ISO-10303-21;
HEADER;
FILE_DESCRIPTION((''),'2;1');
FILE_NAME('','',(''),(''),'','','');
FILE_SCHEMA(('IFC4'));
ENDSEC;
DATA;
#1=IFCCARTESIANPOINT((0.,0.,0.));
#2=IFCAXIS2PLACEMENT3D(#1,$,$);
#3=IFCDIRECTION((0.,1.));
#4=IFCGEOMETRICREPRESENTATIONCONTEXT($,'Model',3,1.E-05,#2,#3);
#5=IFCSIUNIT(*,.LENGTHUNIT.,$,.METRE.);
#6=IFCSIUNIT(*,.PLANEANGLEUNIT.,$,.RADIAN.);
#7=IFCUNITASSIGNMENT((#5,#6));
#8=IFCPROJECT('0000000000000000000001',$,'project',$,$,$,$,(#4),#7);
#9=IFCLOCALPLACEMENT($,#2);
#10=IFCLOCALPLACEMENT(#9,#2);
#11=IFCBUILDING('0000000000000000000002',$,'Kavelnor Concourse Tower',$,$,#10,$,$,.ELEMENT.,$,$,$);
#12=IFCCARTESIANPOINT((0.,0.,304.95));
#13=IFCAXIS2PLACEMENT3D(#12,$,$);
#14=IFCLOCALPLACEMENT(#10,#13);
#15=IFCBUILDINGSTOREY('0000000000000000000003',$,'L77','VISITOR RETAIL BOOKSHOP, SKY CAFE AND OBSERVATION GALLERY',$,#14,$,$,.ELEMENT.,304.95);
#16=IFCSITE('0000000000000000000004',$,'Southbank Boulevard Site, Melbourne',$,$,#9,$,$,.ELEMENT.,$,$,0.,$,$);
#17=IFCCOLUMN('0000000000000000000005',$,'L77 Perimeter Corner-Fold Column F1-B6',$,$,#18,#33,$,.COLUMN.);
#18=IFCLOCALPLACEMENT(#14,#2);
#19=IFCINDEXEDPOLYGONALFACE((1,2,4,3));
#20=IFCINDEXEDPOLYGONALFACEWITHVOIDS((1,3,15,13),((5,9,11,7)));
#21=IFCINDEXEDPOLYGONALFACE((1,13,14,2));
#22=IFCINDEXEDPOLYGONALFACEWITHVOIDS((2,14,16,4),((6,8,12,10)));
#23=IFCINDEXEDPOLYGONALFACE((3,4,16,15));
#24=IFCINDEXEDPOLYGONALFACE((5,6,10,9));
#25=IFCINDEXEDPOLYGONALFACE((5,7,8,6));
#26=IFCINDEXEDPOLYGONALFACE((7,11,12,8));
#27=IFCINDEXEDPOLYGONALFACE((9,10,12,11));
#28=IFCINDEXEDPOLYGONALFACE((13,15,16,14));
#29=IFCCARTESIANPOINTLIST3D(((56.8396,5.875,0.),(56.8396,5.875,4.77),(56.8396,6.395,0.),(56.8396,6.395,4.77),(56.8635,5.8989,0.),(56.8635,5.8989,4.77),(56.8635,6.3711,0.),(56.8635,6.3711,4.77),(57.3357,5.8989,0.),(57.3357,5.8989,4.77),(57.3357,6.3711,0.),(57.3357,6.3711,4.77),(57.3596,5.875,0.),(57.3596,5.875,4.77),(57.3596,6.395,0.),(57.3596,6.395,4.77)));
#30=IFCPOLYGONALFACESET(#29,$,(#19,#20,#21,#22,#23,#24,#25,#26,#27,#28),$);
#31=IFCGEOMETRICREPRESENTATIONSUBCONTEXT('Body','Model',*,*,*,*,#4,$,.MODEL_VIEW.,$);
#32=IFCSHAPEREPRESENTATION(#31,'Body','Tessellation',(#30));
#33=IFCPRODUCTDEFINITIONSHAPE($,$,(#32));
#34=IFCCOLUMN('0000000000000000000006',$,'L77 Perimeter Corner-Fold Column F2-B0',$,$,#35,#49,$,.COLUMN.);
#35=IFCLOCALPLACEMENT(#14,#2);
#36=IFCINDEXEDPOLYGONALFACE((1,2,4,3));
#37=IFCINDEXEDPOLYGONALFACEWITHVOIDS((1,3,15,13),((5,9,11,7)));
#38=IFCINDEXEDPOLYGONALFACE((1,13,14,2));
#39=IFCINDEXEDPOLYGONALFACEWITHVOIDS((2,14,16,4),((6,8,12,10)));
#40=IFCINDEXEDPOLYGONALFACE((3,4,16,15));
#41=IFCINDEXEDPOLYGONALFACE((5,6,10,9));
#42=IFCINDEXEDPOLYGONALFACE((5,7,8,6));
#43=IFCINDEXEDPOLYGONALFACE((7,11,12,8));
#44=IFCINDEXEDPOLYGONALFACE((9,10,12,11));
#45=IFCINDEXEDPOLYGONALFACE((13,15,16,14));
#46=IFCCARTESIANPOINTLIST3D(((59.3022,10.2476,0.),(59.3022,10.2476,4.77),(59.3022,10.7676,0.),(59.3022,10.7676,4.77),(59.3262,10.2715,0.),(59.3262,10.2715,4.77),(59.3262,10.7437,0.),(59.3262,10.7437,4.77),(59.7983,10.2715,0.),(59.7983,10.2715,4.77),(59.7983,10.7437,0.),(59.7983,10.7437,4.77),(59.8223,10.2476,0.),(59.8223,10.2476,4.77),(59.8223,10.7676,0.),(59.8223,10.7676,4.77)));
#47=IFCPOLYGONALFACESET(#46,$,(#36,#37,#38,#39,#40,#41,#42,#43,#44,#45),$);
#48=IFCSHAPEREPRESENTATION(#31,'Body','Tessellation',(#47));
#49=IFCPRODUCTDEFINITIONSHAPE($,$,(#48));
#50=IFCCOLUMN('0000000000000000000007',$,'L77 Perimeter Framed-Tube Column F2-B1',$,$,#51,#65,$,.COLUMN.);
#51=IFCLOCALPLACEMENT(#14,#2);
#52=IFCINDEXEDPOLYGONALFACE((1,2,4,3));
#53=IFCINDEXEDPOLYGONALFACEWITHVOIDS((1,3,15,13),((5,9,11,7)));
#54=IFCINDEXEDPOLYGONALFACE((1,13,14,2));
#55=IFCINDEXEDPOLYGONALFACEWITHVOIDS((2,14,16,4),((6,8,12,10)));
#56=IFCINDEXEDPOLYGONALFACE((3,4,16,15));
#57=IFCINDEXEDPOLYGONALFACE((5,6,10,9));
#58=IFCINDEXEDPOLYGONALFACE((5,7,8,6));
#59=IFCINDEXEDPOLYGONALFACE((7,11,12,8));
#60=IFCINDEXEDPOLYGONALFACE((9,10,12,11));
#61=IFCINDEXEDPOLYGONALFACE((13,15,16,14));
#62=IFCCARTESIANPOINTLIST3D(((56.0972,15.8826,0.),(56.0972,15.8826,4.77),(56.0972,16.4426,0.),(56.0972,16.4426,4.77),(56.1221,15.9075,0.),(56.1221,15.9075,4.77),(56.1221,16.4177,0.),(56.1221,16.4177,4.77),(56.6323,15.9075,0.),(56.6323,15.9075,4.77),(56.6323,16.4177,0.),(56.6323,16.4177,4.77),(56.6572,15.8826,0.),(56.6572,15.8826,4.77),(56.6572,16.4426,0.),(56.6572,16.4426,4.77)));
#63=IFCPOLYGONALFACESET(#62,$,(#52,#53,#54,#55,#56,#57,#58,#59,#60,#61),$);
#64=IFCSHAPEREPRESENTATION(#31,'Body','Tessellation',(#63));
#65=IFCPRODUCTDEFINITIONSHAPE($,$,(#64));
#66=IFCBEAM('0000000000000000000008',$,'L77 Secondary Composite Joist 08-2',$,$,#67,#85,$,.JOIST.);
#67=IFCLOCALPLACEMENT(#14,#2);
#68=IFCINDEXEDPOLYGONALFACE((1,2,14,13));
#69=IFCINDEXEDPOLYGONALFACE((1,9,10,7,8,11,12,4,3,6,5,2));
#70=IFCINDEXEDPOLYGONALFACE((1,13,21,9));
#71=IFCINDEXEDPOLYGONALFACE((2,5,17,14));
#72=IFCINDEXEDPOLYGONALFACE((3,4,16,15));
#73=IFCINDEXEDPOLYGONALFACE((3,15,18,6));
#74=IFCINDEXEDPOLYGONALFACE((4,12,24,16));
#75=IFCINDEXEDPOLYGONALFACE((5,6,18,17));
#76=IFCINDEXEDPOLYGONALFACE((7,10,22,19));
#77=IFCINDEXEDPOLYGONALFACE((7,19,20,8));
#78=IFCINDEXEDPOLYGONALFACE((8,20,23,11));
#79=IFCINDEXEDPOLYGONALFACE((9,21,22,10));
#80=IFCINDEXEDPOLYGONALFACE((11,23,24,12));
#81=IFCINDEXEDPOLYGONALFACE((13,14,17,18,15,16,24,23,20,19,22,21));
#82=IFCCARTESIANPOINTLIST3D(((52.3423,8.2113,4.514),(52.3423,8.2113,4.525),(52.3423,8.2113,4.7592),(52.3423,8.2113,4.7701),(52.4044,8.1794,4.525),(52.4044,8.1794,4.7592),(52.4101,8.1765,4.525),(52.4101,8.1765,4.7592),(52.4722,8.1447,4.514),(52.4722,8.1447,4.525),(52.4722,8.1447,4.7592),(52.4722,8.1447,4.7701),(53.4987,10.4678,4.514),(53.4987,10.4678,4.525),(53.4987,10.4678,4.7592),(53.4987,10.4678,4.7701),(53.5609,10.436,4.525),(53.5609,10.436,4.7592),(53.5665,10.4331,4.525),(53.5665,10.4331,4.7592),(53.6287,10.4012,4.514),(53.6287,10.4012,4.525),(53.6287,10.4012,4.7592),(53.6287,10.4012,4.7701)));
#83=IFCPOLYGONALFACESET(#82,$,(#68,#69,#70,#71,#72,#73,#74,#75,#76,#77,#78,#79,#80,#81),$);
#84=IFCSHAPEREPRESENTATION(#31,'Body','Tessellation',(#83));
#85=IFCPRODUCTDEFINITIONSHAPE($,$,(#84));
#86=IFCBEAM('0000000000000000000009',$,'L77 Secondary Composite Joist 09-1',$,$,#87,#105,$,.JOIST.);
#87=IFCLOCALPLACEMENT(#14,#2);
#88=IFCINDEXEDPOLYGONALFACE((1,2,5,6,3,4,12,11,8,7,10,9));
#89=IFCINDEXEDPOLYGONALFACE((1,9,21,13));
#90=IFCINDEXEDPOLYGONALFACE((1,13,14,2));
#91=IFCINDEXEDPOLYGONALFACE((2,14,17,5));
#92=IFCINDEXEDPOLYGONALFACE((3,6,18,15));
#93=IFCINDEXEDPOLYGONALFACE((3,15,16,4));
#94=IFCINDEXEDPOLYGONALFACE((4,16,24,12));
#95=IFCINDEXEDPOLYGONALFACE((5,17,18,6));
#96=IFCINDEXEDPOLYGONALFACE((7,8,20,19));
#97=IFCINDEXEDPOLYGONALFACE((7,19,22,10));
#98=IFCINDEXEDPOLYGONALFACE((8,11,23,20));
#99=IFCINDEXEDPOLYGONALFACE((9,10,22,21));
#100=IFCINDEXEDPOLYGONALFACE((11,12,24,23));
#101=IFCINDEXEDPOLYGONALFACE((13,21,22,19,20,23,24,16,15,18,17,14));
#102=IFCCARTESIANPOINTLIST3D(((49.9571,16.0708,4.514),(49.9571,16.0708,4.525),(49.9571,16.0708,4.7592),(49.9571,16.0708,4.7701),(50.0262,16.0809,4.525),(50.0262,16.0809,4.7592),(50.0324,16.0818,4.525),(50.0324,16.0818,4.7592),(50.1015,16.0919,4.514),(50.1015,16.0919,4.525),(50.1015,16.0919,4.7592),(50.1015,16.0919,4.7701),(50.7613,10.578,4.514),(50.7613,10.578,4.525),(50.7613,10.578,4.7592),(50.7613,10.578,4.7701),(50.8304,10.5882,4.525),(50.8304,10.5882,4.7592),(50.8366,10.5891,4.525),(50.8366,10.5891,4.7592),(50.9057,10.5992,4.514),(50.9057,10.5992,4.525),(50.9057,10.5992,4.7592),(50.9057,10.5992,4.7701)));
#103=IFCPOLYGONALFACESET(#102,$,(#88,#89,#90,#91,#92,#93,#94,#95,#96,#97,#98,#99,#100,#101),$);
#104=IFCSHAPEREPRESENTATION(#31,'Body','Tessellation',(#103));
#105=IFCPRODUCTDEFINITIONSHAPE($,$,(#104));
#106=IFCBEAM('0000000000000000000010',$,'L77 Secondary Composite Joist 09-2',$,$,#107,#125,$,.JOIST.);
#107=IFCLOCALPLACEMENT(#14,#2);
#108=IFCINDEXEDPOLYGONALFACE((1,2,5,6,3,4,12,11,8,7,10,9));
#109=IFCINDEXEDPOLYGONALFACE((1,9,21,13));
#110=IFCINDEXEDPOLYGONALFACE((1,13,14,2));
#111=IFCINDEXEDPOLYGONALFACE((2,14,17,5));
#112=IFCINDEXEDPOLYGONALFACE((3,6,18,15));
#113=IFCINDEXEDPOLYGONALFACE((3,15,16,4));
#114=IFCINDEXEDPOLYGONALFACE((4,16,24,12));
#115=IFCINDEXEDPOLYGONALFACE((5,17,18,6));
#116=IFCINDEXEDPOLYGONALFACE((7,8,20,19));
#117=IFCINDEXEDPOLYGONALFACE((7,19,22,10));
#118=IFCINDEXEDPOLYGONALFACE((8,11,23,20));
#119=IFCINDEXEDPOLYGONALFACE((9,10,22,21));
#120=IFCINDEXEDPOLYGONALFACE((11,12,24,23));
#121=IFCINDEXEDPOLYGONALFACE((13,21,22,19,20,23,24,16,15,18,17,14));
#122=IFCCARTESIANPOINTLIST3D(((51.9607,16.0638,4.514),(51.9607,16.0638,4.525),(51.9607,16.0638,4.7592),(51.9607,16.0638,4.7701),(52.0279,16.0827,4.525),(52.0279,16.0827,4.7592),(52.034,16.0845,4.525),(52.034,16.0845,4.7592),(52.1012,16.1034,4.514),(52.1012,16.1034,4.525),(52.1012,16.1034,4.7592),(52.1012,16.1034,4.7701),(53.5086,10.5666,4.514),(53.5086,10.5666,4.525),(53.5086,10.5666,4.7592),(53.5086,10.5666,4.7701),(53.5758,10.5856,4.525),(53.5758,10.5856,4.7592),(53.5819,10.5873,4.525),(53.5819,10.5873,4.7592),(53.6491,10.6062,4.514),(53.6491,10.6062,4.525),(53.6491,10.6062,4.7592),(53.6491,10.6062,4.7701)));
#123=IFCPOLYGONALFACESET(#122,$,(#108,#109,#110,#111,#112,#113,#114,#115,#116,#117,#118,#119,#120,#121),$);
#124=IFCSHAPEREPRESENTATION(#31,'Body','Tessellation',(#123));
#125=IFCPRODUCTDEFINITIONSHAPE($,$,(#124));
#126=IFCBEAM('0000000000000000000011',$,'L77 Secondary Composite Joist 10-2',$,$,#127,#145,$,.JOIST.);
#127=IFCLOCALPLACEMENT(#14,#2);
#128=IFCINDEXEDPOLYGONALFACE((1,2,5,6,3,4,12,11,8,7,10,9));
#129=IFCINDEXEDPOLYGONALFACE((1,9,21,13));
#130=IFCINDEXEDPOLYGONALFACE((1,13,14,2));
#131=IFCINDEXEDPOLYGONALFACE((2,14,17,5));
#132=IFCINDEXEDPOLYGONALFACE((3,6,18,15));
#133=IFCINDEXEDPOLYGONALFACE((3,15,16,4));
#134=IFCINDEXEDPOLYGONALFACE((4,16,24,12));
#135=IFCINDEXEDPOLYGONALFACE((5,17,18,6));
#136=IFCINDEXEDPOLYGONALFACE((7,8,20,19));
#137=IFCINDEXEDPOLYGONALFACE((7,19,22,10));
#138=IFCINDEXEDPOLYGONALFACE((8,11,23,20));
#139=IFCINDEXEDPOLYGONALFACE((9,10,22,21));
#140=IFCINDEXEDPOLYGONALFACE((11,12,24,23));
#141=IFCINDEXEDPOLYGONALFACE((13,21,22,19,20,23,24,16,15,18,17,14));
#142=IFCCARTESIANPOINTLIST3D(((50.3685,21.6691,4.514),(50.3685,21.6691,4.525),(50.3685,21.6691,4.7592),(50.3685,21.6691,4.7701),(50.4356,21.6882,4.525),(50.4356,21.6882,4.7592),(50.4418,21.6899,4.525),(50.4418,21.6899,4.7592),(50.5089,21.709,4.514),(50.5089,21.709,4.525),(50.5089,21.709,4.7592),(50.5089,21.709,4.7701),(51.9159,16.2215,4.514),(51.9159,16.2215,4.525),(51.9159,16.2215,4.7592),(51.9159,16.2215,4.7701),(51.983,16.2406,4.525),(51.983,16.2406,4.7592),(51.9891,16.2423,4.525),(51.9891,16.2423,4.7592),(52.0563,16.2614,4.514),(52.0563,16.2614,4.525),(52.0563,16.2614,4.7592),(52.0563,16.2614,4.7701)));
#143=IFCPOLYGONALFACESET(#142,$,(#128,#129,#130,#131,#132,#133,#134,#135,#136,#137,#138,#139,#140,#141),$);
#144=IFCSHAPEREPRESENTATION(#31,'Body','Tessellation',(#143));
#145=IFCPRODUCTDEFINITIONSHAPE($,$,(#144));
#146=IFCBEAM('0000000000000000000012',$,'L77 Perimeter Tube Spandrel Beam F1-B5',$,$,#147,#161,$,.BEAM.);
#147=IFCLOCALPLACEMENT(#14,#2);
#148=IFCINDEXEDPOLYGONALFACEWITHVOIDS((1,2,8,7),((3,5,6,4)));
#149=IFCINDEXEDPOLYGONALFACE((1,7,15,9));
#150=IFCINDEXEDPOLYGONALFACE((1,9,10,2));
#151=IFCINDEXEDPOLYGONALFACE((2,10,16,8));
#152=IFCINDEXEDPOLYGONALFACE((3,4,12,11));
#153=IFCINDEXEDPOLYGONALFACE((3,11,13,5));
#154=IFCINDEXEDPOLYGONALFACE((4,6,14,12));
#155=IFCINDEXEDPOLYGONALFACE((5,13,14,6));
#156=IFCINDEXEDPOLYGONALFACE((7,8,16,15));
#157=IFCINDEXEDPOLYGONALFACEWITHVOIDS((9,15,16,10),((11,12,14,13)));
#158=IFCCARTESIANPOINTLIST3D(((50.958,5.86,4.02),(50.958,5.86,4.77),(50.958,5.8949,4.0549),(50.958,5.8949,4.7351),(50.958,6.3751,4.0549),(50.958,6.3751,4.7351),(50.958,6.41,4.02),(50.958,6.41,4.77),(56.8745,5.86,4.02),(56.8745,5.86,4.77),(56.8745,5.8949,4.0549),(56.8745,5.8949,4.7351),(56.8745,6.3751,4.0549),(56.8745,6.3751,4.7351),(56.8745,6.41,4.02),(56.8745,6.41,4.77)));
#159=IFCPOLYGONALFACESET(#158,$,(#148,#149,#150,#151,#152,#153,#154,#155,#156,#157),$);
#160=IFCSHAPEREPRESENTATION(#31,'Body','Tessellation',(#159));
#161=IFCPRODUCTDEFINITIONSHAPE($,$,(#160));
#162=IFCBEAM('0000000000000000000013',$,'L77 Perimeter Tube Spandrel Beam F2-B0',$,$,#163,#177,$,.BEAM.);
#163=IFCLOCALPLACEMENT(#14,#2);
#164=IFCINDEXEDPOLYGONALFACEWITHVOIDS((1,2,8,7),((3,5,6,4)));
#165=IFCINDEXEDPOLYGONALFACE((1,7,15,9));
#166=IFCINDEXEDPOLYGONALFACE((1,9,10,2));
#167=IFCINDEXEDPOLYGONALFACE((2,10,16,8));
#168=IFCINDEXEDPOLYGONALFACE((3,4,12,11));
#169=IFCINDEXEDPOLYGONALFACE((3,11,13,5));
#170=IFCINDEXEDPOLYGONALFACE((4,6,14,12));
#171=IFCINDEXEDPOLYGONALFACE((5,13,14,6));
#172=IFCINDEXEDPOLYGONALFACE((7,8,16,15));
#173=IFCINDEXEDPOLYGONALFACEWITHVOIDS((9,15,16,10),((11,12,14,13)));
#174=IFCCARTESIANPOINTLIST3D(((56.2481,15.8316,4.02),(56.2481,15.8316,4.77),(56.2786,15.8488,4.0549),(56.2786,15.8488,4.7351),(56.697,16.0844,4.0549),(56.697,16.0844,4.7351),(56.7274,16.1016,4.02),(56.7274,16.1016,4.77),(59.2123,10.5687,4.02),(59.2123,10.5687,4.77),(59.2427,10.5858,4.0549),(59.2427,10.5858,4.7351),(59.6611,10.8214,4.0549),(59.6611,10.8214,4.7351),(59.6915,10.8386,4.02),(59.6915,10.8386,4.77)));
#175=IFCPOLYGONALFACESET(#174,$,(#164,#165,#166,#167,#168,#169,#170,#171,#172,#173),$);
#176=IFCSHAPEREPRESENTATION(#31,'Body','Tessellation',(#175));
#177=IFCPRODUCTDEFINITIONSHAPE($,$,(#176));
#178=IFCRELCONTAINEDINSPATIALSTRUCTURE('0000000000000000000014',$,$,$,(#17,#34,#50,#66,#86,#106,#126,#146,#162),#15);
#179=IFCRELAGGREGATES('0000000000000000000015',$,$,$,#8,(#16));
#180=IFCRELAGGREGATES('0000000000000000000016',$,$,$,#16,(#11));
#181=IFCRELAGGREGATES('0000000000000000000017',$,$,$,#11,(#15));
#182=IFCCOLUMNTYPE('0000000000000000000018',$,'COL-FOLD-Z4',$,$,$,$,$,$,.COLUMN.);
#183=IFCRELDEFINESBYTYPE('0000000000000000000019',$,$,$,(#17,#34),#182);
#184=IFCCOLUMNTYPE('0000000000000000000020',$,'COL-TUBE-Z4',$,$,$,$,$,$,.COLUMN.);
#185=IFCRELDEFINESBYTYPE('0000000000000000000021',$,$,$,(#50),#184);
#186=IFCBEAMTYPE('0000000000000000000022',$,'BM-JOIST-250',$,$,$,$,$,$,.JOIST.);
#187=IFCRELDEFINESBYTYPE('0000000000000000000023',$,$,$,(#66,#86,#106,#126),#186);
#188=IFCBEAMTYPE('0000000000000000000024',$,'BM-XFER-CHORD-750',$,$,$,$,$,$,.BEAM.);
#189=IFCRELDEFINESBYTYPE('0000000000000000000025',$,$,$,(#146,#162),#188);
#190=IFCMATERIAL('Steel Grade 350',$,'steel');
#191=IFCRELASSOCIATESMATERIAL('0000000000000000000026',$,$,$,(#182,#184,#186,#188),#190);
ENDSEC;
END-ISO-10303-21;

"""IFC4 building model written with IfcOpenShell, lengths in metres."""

from ifc_helpers import new_model, si_unit, direction, frame, origin, origin_2d, place, context, subcontext, project, spatial, hollow_rectangle, i_section, extrude, material, material_profile, profile_set, type_object, element, save


model = new_model("IFC4")

# Units and contexts
model_context = context("Model", 3, precision=1e-05, world=origin(), true_north=direction((0.0, 1.0)))
body_context = subcontext(model_context, "Body", "Model", "MODEL_VIEW")
ifc_project = project(units=[si_unit("LENGTHUNIT", "METRE"), si_unit("PLANEANGLEUNIT", "RADIAN")], contexts=[model_context])

# Site, building, storey
site_placement = place(None, origin())
site = spatial("IfcSite", under=ifc_project, at=site_placement, Name="Southbank Boulevard Site, Melbourne", CompositionType="ELEMENT", RefElevation=0.0)
building_placement = place(site_placement, origin())
building = spatial("IfcBuilding", under=site, at=building_placement, Name="Kavelnor Concourse Tower", CompositionType="ELEMENT")
storey_placement = place(building_placement, frame((0.0, 0.0, 304.95)))
storey = spatial("IfcBuildingStorey", under=building, at=storey_placement, Name="L77", Description="VISITOR RETAIL BOOKSHOP, SKY CAFE AND OBSERVATION GALLERY", CompositionType="ELEMENT", Elevation=304.95)

# Columns
ifc_material_1 = material(Name="Steel Grade 350", Category="steel")
ifc_material_profile_1 = material_profile(ifc_material_1, hollow_rectangle(XDim=0.52, YDim=0.52, WallThickness=0.0239, at=origin_2d()), Name="SHS 520x520x24")
ifc_profile_set_1 = profile_set([ifc_material_profile_1], Name="Steel Grade 350")
column_type_1 = type_object("IfcColumnType", Name="COL-FOLD-Z4", PredefinedType="COLUMN", material=ifc_profile_set_1)
for number, where, z_axis, x_axis, name in (
    (1, (57.0996, 6.135, 0.0), (0.0, 0.0, 1.0), (1.0, 0.0, 0.0), "L77 Perimeter Corner-Fold Column F1-B6"),
    (2, (59.5623, 10.5076, 0.0), (0.0, 0.0, 1.0), (1.0, 0.0, 0.0), "L77 Perimeter Corner-Fold Column F2-B0"),
):
    element("IfcColumn", number, at=place(storey_placement, frame(where, z_axis=z_axis, x_axis=x_axis)), inside=storey, type_object=column_type_1, Name=name, PredefinedType="COLUMN", context=body_context, shape_type="SweptSolid", body=[
        extrude(hollow_rectangle(XDim=0.52, YDim=0.52, WallThickness=0.0239, at=origin_2d()), origin(), (0.0, 0.0, 1.0), 4.77),
    ])
ifc_material_profile_2 = material_profile(ifc_material_1, hollow_rectangle(XDim=0.5601, YDim=0.5601, WallThickness=0.0249, at=origin_2d()), Name="SHS 560x560x25")
ifc_profile_set_2 = profile_set([ifc_material_profile_2], Name="Steel Grade 350")
column_type_2 = type_object("IfcColumnType", Name="COL-TUBE-Z4", PredefinedType="COLUMN", material=ifc_profile_set_2)
column_placement = place(storey_placement, frame((56.3772, 16.1626, 0.0), z_axis=(0.0, 0.0, 1.0), x_axis=(1.0, 0.0, 0.0)))
element("IfcColumn", 3, at=column_placement, inside=storey, type_object=column_type_2, Name="L77 Perimeter Framed-Tube Column F2-B1", PredefinedType="COLUMN", context=body_context, shape_type="SweptSolid", body=[
    extrude(hollow_rectangle(XDim=0.5601, YDim=0.5601, WallThickness=0.0249, at=origin_2d()), origin(), (0.0, 0.0, 1.0), 4.77),
])

# Beams
ifc_material_profile_3 = material_profile(ifc_material_1, i_section(OverallWidth=0.146, OverallDepth=0.2561, WebThickness=0.0063, FlangeThickness=0.011, at=origin_2d()), Name="250UB37")
ifc_profile_set_3 = profile_set([ifc_material_profile_3], Name="Steel Grade 350")
beam_type_1 = type_object("IfcBeamType", Name="BM-JOIST-250", PredefinedType="JOIST", material=ifc_profile_set_3)
beam_1_placement = place(storey_placement, frame((52.4072, 8.178, 4.6421), z_axis=(0.456088, 0.889935, 0.0), x_axis=(-0.889935, 0.456088, 0.0)))
element("IfcBeam", 4, at=beam_1_placement, inside=storey, type_object=beam_type_1, Name="L77 Secondary Composite Joist 08-2", PredefinedType="JOIST", context=body_context, shape_type="SweptSolid", body=[
    extrude(i_section(OverallWidth=0.146, OverallDepth=0.2561, WebThickness=0.0063, FlangeThickness=0.011, at=origin_2d()), origin(), (0.0, 0.0, 1.0), 2.5356),
])
beam_2_placement = place(storey_placement, frame((50.8335, 10.5886, 4.6421), z_axis=(-0.144868, 0.989451, 0.0), x_axis=(-0.989451, -0.144868, 0.0)))
element("IfcBeam", 5, at=beam_2_placement, inside=storey, type_object=beam_type_1, Name="L77 Secondary Composite Joist 09-1", PredefinedType="JOIST", context=body_context, shape_type="SweptSolid", body=[
    extrude(i_section(OverallWidth=0.146, OverallDepth=0.2561, WebThickness=0.0063, FlangeThickness=0.011, at=origin_2d()), origin(), (0.0, 0.0, 1.0), 5.5513),
])
beam_3_placement = place(storey_placement, frame((53.5789, 10.5864, 4.6421), z_axis=(-0.271038, 0.962569, 0.0), x_axis=(-0.962569, -0.271038, 0.0)))
element("IfcBeam", 6, at=beam_3_placement, inside=storey, type_object=beam_type_1, Name="L77 Secondary Composite Joist 09-2", PredefinedType="JOIST", context=body_context, shape_type="SweptSolid", body=[
    extrude(i_section(OverallWidth=0.146, OverallDepth=0.2561, WebThickness=0.0063, FlangeThickness=0.011, at=origin_2d()), origin(), (0.0, 0.0, 1.0), 5.7109),
])
beam_4_placement = place(storey_placement, frame((51.9861, 16.2415, 4.6421), z_axis=(-0.27324, 0.961946, 0.0), x_axis=(-0.961946, -0.27324, 0.0)))
element("IfcBeam", 7, at=beam_4_placement, inside=storey, type_object=beam_type_1, Name="L77 Secondary Composite Joist 10-2", PredefinedType="JOIST", context=body_context, shape_type="SweptSolid", body=[
    extrude(i_section(OverallWidth=0.146, OverallDepth=0.2561, WebThickness=0.0063, FlangeThickness=0.011, at=origin_2d()), origin(), (0.0, 0.0, 1.0), 5.6631),
])
ifc_material_profile_4 = material_profile(ifc_material_1, hollow_rectangle(XDim=0.55, YDim=0.75, WallThickness=0.0349, at=origin_2d()), Name="RHS 750x550x35")
ifc_profile_set_4 = profile_set([ifc_material_profile_4], Name="Steel Grade 350")
beam_type_2 = type_object("IfcBeamType", Name="BM-XFER-CHORD-750", PredefinedType="BEAM", material=ifc_profile_set_4)
beam_5_placement = place(storey_placement, frame((50.958, 6.135, 4.395), z_axis=(1.0, 0.0, 0.0), x_axis=(0.0, 1.0, 0.0)))
element("IfcBeam", 8, at=beam_5_placement, inside=storey, type_object=beam_type_2, Name="L77 Perimeter Tube Spandrel Beam F1-B5", PredefinedType="BEAM", context=body_context, shape_type="SweptSolid", body=[
    extrude(hollow_rectangle(XDim=0.55, YDim=0.75, WallThickness=0.0349, at=origin_2d()), origin(), (0.0, 0.0, 1.0), 5.9165),
])
beam_6_placement = place(storey_placement, frame((59.4519, 10.7036, 4.395), z_axis=(-0.490727, 0.871313, 0.0), x_axis=(-0.871313, -0.490727, 0.0)))
element("IfcBeam", 9, at=beam_6_placement, inside=storey, type_object=beam_type_2, Name="L77 Perimeter Tube Spandrel Beam F2-B0", PredefinedType="BEAM", context=body_context, shape_type="SweptSolid", body=[
    extrude(hollow_rectangle(XDim=0.55, YDim=0.75, WallThickness=0.0349, at=origin_2d()), origin(), (0.0, 0.0, 1.0), 6.0403),
])

save(model, "model.ifc")
